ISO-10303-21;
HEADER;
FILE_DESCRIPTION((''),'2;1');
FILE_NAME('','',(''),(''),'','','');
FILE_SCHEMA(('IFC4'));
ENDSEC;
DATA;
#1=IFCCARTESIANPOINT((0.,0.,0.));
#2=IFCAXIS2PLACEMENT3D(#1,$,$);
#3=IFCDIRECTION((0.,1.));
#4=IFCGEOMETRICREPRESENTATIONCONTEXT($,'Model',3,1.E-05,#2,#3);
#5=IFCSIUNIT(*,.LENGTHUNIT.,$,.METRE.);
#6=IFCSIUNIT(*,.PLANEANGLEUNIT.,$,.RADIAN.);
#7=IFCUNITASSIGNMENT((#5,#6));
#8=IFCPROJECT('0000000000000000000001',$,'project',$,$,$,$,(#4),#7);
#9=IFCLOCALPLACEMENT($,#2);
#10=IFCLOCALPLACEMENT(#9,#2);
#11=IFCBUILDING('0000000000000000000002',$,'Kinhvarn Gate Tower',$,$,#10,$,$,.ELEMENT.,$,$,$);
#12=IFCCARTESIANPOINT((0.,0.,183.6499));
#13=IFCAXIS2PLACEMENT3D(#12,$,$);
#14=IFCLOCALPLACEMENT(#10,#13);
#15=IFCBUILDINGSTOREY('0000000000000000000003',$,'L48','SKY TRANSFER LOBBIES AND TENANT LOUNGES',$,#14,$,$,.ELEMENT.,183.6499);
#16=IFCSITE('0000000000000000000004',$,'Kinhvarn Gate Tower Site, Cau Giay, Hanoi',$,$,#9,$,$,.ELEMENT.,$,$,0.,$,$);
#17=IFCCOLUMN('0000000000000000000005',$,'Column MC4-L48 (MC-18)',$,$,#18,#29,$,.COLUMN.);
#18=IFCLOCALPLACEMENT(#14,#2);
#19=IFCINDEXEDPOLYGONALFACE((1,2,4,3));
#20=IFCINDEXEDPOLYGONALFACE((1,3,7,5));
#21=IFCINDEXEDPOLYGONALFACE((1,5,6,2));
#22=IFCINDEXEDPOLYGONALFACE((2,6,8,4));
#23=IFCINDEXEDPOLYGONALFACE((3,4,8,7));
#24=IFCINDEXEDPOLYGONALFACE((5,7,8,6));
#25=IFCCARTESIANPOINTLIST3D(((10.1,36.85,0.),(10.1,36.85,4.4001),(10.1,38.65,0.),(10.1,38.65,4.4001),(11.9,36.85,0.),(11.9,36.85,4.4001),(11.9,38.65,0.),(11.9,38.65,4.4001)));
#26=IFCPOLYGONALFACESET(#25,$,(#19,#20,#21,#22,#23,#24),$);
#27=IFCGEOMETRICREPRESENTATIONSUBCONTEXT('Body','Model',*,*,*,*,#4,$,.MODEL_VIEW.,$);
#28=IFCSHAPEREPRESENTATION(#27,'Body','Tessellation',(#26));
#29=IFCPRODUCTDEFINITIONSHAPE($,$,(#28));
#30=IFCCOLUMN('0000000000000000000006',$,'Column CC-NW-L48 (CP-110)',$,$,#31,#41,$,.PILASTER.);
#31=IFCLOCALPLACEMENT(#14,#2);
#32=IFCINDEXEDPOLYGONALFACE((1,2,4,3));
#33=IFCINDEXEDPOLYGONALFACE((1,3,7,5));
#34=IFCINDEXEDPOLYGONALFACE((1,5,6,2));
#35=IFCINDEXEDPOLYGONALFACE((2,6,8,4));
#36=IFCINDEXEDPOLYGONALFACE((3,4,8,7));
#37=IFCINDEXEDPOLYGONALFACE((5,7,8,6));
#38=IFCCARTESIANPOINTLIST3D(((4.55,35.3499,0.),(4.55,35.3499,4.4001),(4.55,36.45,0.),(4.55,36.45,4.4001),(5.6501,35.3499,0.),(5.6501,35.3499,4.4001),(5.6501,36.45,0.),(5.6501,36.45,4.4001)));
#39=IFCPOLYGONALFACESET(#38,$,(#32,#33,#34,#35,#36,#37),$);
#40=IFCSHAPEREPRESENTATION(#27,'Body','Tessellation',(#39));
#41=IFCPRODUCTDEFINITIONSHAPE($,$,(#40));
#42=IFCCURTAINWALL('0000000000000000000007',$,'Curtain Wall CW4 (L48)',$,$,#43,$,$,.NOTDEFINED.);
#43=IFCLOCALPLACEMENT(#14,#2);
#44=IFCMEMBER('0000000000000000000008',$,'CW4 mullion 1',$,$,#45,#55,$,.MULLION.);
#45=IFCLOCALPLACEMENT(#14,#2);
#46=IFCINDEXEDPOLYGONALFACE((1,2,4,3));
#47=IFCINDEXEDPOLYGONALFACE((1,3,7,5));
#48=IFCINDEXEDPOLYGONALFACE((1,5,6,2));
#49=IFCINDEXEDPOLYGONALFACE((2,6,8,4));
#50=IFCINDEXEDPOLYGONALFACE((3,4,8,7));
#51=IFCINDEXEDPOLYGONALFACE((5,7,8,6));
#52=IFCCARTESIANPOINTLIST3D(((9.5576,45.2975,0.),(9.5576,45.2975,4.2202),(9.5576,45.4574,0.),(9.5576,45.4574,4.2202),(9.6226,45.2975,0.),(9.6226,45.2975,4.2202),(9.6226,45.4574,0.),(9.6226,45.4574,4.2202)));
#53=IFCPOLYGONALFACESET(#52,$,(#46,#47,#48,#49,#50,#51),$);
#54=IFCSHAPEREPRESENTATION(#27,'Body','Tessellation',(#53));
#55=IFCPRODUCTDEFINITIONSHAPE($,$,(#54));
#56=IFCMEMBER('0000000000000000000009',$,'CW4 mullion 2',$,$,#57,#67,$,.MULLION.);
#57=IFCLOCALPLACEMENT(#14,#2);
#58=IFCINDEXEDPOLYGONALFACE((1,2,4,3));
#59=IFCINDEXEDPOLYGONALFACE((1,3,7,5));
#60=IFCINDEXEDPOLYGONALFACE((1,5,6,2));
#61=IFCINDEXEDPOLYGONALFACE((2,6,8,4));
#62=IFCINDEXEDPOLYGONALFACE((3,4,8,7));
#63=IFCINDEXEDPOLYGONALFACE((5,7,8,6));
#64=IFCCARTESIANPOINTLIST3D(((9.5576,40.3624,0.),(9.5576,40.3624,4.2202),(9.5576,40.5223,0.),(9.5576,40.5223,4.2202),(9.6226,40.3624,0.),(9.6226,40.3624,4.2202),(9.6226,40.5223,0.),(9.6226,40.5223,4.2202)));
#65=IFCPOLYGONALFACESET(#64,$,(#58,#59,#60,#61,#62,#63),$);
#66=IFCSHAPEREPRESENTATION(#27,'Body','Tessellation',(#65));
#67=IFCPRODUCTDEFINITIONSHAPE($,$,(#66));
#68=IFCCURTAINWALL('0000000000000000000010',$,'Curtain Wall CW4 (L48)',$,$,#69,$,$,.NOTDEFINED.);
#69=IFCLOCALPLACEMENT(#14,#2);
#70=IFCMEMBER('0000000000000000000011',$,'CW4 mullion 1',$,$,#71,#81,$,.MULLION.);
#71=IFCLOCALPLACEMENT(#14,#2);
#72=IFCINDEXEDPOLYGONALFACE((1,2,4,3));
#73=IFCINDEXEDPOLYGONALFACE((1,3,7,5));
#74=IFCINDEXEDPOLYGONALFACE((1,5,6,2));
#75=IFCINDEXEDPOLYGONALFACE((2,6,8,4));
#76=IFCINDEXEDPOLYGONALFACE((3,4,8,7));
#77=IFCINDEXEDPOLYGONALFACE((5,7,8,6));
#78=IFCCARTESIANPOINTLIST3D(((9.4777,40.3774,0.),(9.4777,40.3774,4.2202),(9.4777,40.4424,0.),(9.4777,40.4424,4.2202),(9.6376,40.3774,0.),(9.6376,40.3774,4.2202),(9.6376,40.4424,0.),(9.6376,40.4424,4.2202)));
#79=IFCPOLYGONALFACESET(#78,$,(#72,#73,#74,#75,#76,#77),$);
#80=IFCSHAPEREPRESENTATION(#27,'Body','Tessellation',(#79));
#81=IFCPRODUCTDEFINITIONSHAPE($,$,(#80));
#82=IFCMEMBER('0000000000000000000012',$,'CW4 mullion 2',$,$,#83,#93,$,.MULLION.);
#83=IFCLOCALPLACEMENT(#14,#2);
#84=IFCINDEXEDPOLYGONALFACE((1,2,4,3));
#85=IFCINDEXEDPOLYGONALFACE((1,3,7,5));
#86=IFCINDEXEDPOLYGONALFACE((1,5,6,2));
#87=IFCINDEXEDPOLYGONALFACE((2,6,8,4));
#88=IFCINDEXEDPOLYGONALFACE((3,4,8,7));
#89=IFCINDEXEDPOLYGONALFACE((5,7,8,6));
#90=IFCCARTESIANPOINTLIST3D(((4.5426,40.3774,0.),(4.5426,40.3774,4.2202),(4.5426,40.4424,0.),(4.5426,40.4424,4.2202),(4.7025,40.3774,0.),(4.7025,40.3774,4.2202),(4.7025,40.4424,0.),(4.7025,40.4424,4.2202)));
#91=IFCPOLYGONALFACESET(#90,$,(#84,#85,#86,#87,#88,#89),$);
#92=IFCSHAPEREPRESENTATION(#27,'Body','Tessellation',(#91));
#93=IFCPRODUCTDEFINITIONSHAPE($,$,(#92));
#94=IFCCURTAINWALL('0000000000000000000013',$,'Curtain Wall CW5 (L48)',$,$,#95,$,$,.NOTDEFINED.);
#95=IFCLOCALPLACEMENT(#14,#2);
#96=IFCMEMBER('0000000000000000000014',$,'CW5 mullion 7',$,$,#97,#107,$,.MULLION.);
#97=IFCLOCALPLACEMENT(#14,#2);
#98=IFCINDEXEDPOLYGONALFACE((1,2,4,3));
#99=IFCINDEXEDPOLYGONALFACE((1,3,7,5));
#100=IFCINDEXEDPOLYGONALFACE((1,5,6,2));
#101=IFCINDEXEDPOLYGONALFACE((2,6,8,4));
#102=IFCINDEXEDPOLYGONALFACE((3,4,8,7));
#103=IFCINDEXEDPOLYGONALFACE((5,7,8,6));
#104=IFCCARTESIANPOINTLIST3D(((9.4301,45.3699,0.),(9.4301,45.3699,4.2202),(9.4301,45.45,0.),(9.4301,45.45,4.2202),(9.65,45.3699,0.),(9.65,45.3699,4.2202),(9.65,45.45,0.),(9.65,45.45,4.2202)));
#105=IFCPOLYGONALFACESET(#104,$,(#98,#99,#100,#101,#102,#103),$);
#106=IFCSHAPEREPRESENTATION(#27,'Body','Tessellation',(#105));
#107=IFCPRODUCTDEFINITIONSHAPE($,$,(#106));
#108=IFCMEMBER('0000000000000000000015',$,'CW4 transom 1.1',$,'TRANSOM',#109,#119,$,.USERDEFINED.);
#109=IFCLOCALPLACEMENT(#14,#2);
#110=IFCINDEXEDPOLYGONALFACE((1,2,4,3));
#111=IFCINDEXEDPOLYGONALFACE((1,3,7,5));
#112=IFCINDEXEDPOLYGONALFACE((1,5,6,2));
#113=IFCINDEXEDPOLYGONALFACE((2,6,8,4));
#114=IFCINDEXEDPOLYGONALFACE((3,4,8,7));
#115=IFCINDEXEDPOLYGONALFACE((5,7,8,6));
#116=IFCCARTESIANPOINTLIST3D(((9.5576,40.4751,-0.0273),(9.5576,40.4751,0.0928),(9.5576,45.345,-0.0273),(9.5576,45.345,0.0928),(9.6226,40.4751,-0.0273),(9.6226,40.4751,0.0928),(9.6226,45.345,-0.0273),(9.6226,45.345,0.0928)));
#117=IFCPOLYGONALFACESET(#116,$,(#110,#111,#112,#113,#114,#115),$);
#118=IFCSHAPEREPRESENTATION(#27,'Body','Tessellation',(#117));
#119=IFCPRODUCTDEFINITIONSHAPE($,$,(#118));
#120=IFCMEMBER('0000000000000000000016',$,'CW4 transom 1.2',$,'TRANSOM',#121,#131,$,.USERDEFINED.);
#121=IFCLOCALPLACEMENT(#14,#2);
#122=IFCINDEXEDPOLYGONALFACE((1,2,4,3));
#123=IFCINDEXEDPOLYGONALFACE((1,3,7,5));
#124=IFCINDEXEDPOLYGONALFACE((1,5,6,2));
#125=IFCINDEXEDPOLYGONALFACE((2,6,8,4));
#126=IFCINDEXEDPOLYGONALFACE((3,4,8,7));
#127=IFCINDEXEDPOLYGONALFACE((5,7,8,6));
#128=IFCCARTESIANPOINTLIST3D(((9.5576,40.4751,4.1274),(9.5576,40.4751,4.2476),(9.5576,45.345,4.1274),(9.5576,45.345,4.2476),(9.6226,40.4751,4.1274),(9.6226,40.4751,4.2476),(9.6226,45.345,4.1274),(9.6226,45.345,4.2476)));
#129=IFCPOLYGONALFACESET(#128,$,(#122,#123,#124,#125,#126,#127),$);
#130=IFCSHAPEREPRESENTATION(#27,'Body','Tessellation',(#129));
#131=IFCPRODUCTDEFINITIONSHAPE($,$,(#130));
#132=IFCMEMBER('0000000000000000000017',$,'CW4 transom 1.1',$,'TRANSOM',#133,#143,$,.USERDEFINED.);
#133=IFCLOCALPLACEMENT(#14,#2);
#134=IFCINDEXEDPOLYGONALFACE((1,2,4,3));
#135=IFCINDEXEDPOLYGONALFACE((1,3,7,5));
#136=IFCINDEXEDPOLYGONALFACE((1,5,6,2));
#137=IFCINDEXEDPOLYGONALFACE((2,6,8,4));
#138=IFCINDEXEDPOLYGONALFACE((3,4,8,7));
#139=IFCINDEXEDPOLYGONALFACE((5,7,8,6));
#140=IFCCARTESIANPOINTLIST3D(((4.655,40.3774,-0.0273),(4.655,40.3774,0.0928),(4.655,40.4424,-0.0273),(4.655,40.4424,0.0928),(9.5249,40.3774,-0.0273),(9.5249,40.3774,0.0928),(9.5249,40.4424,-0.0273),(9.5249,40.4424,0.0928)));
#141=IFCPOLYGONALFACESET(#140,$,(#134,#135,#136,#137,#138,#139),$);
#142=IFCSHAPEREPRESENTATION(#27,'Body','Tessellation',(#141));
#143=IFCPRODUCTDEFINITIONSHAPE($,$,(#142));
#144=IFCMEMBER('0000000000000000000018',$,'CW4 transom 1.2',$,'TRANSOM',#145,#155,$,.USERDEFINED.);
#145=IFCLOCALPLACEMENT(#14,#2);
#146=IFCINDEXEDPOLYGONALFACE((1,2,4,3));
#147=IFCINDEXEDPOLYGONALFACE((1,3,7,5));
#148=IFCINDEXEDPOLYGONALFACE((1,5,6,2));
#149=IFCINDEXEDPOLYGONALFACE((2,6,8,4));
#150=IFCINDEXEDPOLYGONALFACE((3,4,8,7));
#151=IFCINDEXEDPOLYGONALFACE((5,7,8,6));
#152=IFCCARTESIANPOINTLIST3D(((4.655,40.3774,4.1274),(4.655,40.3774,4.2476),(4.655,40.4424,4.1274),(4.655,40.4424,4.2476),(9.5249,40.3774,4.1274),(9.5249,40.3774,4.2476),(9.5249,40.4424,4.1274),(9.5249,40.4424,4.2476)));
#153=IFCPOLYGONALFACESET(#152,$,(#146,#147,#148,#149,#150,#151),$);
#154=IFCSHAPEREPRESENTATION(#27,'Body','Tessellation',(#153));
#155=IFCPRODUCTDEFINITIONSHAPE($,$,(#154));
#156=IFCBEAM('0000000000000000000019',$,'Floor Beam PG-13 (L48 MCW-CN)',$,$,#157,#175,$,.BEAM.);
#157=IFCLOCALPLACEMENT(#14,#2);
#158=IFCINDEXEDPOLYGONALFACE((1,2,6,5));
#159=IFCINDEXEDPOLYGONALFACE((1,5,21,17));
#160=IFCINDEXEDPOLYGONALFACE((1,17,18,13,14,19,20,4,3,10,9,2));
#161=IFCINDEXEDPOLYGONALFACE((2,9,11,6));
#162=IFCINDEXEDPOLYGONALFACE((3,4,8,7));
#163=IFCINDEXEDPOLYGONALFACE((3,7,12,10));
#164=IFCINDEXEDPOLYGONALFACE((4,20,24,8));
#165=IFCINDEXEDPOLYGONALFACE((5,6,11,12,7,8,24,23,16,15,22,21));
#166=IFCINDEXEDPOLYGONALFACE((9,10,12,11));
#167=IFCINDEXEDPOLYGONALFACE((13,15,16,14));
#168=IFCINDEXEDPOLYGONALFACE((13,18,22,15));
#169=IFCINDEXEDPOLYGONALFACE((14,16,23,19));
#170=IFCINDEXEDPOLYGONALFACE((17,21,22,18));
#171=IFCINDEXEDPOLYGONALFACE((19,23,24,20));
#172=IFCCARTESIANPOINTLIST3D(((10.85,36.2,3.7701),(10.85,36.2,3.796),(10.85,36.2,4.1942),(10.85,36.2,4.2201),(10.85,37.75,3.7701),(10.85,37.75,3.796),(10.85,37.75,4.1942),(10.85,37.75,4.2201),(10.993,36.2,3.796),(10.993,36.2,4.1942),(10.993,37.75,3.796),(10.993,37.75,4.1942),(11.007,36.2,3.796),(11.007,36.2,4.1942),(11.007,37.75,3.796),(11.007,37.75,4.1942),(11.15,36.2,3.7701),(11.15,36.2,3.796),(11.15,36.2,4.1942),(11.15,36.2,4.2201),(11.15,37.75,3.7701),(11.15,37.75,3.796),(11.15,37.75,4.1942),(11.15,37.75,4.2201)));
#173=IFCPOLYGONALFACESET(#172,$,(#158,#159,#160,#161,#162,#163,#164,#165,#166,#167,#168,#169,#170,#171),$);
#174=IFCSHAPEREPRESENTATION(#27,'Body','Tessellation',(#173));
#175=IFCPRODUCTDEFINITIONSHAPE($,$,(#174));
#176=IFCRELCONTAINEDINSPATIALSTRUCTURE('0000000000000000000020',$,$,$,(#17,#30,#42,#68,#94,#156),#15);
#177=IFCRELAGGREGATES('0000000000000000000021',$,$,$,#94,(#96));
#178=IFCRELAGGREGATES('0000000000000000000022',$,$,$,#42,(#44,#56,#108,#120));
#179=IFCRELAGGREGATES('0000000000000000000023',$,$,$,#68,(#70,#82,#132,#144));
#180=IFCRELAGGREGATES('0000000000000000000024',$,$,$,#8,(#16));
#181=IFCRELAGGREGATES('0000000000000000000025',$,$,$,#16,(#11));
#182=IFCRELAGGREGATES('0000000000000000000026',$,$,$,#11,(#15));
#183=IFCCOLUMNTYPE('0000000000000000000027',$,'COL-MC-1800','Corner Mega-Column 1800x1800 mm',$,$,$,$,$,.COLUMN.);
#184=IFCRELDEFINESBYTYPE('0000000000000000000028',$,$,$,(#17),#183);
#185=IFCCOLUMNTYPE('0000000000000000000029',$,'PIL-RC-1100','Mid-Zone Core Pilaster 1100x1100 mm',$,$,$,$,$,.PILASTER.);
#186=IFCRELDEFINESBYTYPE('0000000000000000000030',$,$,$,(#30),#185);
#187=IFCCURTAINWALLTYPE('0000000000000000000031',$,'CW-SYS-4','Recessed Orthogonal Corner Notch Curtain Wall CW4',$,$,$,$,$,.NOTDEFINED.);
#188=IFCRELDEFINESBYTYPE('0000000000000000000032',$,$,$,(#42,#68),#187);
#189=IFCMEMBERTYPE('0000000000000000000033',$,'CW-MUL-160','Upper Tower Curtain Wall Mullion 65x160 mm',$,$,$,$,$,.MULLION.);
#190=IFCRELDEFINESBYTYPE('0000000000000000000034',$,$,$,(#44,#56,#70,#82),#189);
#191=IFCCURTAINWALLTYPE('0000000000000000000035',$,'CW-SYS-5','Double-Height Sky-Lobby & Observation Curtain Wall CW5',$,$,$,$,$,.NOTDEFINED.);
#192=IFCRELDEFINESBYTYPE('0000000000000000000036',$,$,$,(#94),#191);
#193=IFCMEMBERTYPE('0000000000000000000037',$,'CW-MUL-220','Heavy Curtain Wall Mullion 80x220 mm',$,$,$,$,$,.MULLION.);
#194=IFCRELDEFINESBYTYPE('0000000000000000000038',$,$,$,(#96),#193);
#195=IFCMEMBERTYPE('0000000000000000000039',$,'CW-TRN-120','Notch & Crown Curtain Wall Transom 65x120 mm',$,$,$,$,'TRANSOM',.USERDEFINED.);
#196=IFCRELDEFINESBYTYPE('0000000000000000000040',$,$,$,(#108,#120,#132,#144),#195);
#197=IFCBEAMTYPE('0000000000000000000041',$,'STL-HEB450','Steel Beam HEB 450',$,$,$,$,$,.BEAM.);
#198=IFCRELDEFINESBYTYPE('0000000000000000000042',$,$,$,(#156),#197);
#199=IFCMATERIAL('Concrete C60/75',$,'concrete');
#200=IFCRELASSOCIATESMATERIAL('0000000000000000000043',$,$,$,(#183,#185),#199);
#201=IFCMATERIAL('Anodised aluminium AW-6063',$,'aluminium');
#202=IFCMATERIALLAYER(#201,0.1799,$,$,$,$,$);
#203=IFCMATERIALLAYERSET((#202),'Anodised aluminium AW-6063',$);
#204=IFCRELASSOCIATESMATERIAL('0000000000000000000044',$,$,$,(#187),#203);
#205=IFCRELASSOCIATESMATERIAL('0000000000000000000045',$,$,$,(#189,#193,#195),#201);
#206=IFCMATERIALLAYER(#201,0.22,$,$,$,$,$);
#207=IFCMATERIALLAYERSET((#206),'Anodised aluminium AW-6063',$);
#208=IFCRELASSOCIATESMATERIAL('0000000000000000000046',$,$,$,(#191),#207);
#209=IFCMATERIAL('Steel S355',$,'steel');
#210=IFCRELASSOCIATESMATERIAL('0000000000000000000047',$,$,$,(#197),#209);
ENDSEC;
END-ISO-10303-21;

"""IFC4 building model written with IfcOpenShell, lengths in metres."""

from ifc_helpers import new_model, si_unit, direction, frame, origin, origin_2d, place, context, subcontext, project, spatial, rectangle, i_section, extrude, material, layer, layer_set, material_profile, profile_set, type_object, element, aggregate, save


model = new_model("IFC4")

# Units and contexts
model_context = context("Model", 3, precision=1e-05, world=origin(), true_north=direction((0.0, 1.0)))
body_context = subcontext(model_context, "Body", "Model", "MODEL_VIEW")
ifc_project = project(units=[si_unit("LENGTHUNIT", "METRE"), si_unit("PLANEANGLEUNIT", "RADIAN")], contexts=[model_context])

# Site, building, storey
site_placement = place(None, origin())
site = spatial("IfcSite", under=ifc_project, at=site_placement, Name="Kinhvarn Gate Tower Site, Cau Giay, Hanoi", CompositionType="ELEMENT", RefElevation=0.0)
building_placement = place(site_placement, origin())
building = spatial("IfcBuilding", under=site, at=building_placement, Name="Kinhvarn Gate Tower", CompositionType="ELEMENT")
storey_placement = place(building_placement, frame((0.0, 0.0, 183.6499)))
storey = spatial("IfcBuildingStorey", under=building, at=storey_placement, Name="L48", Description="SKY TRANSFER LOBBIES AND TENANT LOUNGES", CompositionType="ELEMENT", Elevation=183.6499)

# Columns
ifc_material_1 = material(Name="Concrete C60/75", Category="concrete")
ifc_material_profile_1 = material_profile(ifc_material_1, rectangle(XDim=1.8, YDim=1.8, at=origin_2d()), Name="RC 1800x1800")
ifc_profile_set_1 = profile_set([ifc_material_profile_1], Name="Concrete C60/75")
column_type_1 = type_object("IfcColumnType", Name="COL-MC-1800", Description="Corner Mega-Column 1800x1800 mm", PredefinedType="COLUMN", material=ifc_profile_set_1)
column_1_placement = place(storey_placement, frame((11.0, 37.75, 0.0), z_axis=(0.0, 0.0, 1.0), x_axis=(1.0, 0.0, 0.0)))
element("IfcColumn", 1, at=column_1_placement, inside=storey, type_object=column_type_1, Name="Column MC4-L48 (MC-18)", PredefinedType="COLUMN", context=body_context, shape_type="SweptSolid", body=[
    extrude(rectangle(XDim=1.8, YDim=1.8, at=origin_2d()), origin(), (0.0, 0.0, 1.0), 4.4001),
])
ifc_material_profile_2 = material_profile(ifc_material_1, rectangle(XDim=1.1001, YDim=1.1001, at=origin_2d()), Name="RC 1100x1100")
ifc_profile_set_2 = profile_set([ifc_material_profile_2], Name="Concrete C60/75")
column_type_2 = type_object("IfcColumnType", Name="PIL-RC-1100", Description="Mid-Zone Core Pilaster 1100x1100 mm", PredefinedType="PILASTER", material=ifc_profile_set_2)
column_2_placement = place(storey_placement, frame((5.1001, 35.8999, 0.0), z_axis=(0.0, 0.0, 1.0), x_axis=(1.0, 0.0, 0.0)))
element("IfcColumn", 2, at=column_2_placement, inside=storey, type_object=column_type_2, Name="Column CC-NW-L48 (CP-110)", PredefinedType="PILASTER", context=body_context, shape_type="SweptSolid", body=[
    extrude(rectangle(XDim=1.1001, YDim=1.1001, at=origin_2d()), origin(), (0.0, 0.0, 1.0), 4.4001),
])

# Curtain walls, members
ifc_material_2 = material(Name="Anodised aluminium AW-6063", Category="aluminium")
ifc_layer_1 = layer(ifc_material_2, 0.1799)
ifc_layer_set_1 = layer_set([ifc_layer_1], Name="Anodised aluminium AW-6063")
curtain_wall_type_1 = type_object("IfcCurtainWallType", Name="CW-SYS-4", Description="Recessed Orthogonal Corner Notch Curtain Wall CW4", PredefinedType="NOTDEFINED", material=ifc_layer_set_1)
curtain_wall_1_placement = place(storey_placement, origin())
curtain_wall_1 = element("IfcCurtainWall", 3, at=curtain_wall_1_placement, inside=storey, type_object=curtain_wall_type_1, Name="Curtain Wall CW4 (L48)", PredefinedType="NOTDEFINED")
ifc_material_profile_3 = material_profile(ifc_material_2, rectangle(XDim=0.0649, YDim=0.1599, at=origin_2d()), Name="ALU 65x160")
ifc_profile_set_3 = profile_set([ifc_material_profile_3], Name="Anodised aluminium AW-6063")
member_type_1 = type_object("IfcMemberType", Name="CW-MUL-160", Description="Upper Tower Curtain Wall Mullion 65x160 mm", PredefinedType="MULLION", material=ifc_profile_set_3)
member_1_placement = place(storey_placement, frame((9.5901, 45.3774, 0.0), z_axis=(0.0, 0.0, 1.0), x_axis=(1.0, 0.0, 0.0)))
member_1 = element("IfcMember", 4, at=member_1_placement, type_object=member_type_1, Name="CW4 mullion 1", PredefinedType="MULLION", context=body_context, shape_type="SweptSolid", body=[
    extrude(rectangle(XDim=0.0649, YDim=0.1599, at=origin_2d()), origin(), (0.0, 0.0, 1.0), 4.2202),
])
member_2_placement = place(storey_placement, frame((9.5901, 40.4424, 0.0), z_axis=(0.0, 0.0, 1.0), x_axis=(1.0, 0.0, 0.0)))
member_2 = element("IfcMember", 5, at=member_2_placement, type_object=member_type_1, Name="CW4 mullion 2", PredefinedType="MULLION", context=body_context, shape_type="SweptSolid", body=[
    extrude(rectangle(XDim=0.0649, YDim=0.1599, at=origin_2d()), origin(), (0.0, 0.0, 1.0), 4.2202),
])
curtain_wall_2_placement = place(storey_placement, origin())
curtain_wall_2 = element("IfcCurtainWall", 6, at=curtain_wall_2_placement, inside=storey, type_object=curtain_wall_type_1, Name="Curtain Wall CW4 (L48)", PredefinedType="NOTDEFINED")
member_3_placement = place(storey_placement, frame((9.5576, 40.4099, 0.0), z_axis=(0.0, 0.0, 1.0), x_axis=(0.0, -1.0, 0.0)))
member_3 = element("IfcMember", 7, at=member_3_placement, type_object=member_type_1, Name="CW4 mullion 1", PredefinedType="MULLION", context=body_context, shape_type="SweptSolid", body=[
    extrude(rectangle(XDim=0.0649, YDim=0.1599, at=origin_2d()), origin(), (0.0, 0.0, 1.0), 4.2202),
])
member_4_placement = place(storey_placement, frame((4.6226, 40.4099, 0.0), z_axis=(0.0, 0.0, 1.0), x_axis=(0.0, -1.0, 0.0)))
member_4 = element("IfcMember", 8, at=member_4_placement, type_object=member_type_1, Name="CW4 mullion 2", PredefinedType="MULLION", context=body_context, shape_type="SweptSolid", body=[
    extrude(rectangle(XDim=0.0649, YDim=0.1599, at=origin_2d()), origin(), (0.0, 0.0, 1.0), 4.2202),
])

# Curtain wall, member
ifc_layer_2 = layer(ifc_material_2, 0.22)
ifc_layer_set_2 = layer_set([ifc_layer_2], Name="Anodised aluminium AW-6063")
curtain_wall_type_2 = type_object("IfcCurtainWallType", Name="CW-SYS-5", Description="Double-Height Sky-Lobby & Observation Curtain Wall CW5", PredefinedType="NOTDEFINED", material=ifc_layer_set_2)
curtain_wall_3_placement = place(storey_placement, origin())
curtain_wall_3 = element("IfcCurtainWall", 9, at=curtain_wall_3_placement, inside=storey, type_object=curtain_wall_type_2, Name="Curtain Wall CW5 (L48)", PredefinedType="NOTDEFINED")
ifc_material_profile_4 = material_profile(ifc_material_2, rectangle(XDim=0.0801, YDim=0.22, at=origin_2d()), Name="ALU 80x220")
ifc_profile_set_4 = profile_set([ifc_material_profile_4], Name="Anodised aluminium AW-6063")
member_type_2 = type_object("IfcMemberType", Name="CW-MUL-220", Description="Heavy Curtain Wall Mullion 80x220 mm", PredefinedType="MULLION", material=ifc_profile_set_4)
member_5_placement = place(storey_placement, frame((9.54, 45.4099, 0.0), z_axis=(0.0, 0.0, 1.0), x_axis=(0.0, -1.0, 0.0)))
member_5 = element("IfcMember", 10, at=member_5_placement, type_object=member_type_2, Name="CW5 mullion 7", PredefinedType="MULLION", context=body_context, shape_type="SweptSolid", body=[
    extrude(rectangle(XDim=0.0801, YDim=0.22, at=origin_2d()), origin(), (0.0, 0.0, 1.0), 4.2202),
])
aggregate(curtain_wall_3, [member_5])

# Members
ifc_material_profile_5 = material_profile(ifc_material_2, rectangle(XDim=0.0649, YDim=0.1201, at=origin_2d()), Name="ALU 65x120")
ifc_profile_set_5 = profile_set([ifc_material_profile_5], Name="Anodised aluminium AW-6063")
member_type_3 = type_object("IfcMemberType", Name="CW-TRN-120", Description="Notch & Crown Curtain Wall Transom 65x120 mm", ElementType="TRANSOM", PredefinedType="USERDEFINED", material=ifc_profile_set_5)
member_6_placement = place(storey_placement, frame((9.5901, 45.345, 0.0327), z_axis=(0.0, -1.0, 0.0), x_axis=(1.0, 0.0, 0.0)))
member_6 = element("IfcMember", 11, at=member_6_placement, type_object=member_type_3, Name="CW4 transom 1.1", ObjectType="TRANSOM", PredefinedType="USERDEFINED", context=body_context, shape_type="SweptSolid", body=[
    extrude(rectangle(XDim=0.0649, YDim=0.1201, at=origin_2d()), origin(), (0.0, 0.0, 1.0), 4.8699),
])
member_7_placement = place(storey_placement, frame((9.5901, 45.345, 4.1875), z_axis=(0.0, -1.0, 0.0), x_axis=(1.0, 0.0, 0.0)))
member_7 = element("IfcMember", 12, at=member_7_placement, type_object=member_type_3, Name="CW4 transom 1.2", ObjectType="TRANSOM", PredefinedType="USERDEFINED", context=body_context, shape_type="SweptSolid", body=[
    extrude(rectangle(XDim=0.0649, YDim=0.1201, at=origin_2d()), origin(), (0.0, 0.0, 1.0), 4.8699),
])
member_8_placement = place(storey_placement, frame((9.5249, 40.4099, 0.0327), z_axis=(-1.0, 0.0, 0.0), x_axis=(0.0, -1.0, 0.0)))
member_8 = element("IfcMember", 13, at=member_8_placement, type_object=member_type_3, Name="CW4 transom 1.1", ObjectType="TRANSOM", PredefinedType="USERDEFINED", context=body_context, shape_type="SweptSolid", body=[
    extrude(rectangle(XDim=0.0649, YDim=0.1201, at=origin_2d()), origin(), (0.0, 0.0, 1.0), 4.8699),
])
member_9_placement = place(storey_placement, frame((9.5249, 40.4099, 4.1875), z_axis=(-1.0, 0.0, 0.0), x_axis=(0.0, -1.0, 0.0)))
member_9 = element("IfcMember", 14, at=member_9_placement, type_object=member_type_3, Name="CW4 transom 1.2", ObjectType="TRANSOM", PredefinedType="USERDEFINED", context=body_context, shape_type="SweptSolid", body=[
    extrude(rectangle(XDim=0.0649, YDim=0.1201, at=origin_2d()), origin(), (0.0, 0.0, 1.0), 4.8699),
])

# Beam
ifc_material_3 = material(Name="Steel S355", Category="steel")
ifc_material_profile_6 = material_profile(ifc_material_3, i_section(OverallWidth=0.3, OverallDepth=0.45, WebThickness=0.0139, FlangeThickness=0.0259, at=origin_2d()), Name="HEB 450")
ifc_profile_set_6 = profile_set([ifc_material_profile_6], Name="Steel S355")
beam_type_1 = type_object("IfcBeamType", Name="STL-HEB450", Description="Steel Beam HEB 450", PredefinedType="BEAM", material=ifc_profile_set_6)
beam_1_placement = place(storey_placement, frame((11.0, 36.2, 3.9951), z_axis=(0.0, 1.0, 0.0), x_axis=(-1.0, 0.0, 0.0)))
element("IfcBeam", 15, at=beam_1_placement, inside=storey, type_object=beam_type_1, Name="Floor Beam PG-13 (L48 MCW-CN)", PredefinedType="BEAM", context=body_context, shape_type="SweptSolid", body=[
    extrude(i_section(OverallWidth=0.3, OverallDepth=0.45, WebThickness=0.0139, FlangeThickness=0.0259, at=origin_2d()), origin(), (0.0, 0.0, 1.0), 1.55),
])

aggregate(curtain_wall_1, [member_1, member_2, member_6, member_7])
aggregate(curtain_wall_2, [member_3, member_4, member_8, member_9])

save(model, "model.ifc")
